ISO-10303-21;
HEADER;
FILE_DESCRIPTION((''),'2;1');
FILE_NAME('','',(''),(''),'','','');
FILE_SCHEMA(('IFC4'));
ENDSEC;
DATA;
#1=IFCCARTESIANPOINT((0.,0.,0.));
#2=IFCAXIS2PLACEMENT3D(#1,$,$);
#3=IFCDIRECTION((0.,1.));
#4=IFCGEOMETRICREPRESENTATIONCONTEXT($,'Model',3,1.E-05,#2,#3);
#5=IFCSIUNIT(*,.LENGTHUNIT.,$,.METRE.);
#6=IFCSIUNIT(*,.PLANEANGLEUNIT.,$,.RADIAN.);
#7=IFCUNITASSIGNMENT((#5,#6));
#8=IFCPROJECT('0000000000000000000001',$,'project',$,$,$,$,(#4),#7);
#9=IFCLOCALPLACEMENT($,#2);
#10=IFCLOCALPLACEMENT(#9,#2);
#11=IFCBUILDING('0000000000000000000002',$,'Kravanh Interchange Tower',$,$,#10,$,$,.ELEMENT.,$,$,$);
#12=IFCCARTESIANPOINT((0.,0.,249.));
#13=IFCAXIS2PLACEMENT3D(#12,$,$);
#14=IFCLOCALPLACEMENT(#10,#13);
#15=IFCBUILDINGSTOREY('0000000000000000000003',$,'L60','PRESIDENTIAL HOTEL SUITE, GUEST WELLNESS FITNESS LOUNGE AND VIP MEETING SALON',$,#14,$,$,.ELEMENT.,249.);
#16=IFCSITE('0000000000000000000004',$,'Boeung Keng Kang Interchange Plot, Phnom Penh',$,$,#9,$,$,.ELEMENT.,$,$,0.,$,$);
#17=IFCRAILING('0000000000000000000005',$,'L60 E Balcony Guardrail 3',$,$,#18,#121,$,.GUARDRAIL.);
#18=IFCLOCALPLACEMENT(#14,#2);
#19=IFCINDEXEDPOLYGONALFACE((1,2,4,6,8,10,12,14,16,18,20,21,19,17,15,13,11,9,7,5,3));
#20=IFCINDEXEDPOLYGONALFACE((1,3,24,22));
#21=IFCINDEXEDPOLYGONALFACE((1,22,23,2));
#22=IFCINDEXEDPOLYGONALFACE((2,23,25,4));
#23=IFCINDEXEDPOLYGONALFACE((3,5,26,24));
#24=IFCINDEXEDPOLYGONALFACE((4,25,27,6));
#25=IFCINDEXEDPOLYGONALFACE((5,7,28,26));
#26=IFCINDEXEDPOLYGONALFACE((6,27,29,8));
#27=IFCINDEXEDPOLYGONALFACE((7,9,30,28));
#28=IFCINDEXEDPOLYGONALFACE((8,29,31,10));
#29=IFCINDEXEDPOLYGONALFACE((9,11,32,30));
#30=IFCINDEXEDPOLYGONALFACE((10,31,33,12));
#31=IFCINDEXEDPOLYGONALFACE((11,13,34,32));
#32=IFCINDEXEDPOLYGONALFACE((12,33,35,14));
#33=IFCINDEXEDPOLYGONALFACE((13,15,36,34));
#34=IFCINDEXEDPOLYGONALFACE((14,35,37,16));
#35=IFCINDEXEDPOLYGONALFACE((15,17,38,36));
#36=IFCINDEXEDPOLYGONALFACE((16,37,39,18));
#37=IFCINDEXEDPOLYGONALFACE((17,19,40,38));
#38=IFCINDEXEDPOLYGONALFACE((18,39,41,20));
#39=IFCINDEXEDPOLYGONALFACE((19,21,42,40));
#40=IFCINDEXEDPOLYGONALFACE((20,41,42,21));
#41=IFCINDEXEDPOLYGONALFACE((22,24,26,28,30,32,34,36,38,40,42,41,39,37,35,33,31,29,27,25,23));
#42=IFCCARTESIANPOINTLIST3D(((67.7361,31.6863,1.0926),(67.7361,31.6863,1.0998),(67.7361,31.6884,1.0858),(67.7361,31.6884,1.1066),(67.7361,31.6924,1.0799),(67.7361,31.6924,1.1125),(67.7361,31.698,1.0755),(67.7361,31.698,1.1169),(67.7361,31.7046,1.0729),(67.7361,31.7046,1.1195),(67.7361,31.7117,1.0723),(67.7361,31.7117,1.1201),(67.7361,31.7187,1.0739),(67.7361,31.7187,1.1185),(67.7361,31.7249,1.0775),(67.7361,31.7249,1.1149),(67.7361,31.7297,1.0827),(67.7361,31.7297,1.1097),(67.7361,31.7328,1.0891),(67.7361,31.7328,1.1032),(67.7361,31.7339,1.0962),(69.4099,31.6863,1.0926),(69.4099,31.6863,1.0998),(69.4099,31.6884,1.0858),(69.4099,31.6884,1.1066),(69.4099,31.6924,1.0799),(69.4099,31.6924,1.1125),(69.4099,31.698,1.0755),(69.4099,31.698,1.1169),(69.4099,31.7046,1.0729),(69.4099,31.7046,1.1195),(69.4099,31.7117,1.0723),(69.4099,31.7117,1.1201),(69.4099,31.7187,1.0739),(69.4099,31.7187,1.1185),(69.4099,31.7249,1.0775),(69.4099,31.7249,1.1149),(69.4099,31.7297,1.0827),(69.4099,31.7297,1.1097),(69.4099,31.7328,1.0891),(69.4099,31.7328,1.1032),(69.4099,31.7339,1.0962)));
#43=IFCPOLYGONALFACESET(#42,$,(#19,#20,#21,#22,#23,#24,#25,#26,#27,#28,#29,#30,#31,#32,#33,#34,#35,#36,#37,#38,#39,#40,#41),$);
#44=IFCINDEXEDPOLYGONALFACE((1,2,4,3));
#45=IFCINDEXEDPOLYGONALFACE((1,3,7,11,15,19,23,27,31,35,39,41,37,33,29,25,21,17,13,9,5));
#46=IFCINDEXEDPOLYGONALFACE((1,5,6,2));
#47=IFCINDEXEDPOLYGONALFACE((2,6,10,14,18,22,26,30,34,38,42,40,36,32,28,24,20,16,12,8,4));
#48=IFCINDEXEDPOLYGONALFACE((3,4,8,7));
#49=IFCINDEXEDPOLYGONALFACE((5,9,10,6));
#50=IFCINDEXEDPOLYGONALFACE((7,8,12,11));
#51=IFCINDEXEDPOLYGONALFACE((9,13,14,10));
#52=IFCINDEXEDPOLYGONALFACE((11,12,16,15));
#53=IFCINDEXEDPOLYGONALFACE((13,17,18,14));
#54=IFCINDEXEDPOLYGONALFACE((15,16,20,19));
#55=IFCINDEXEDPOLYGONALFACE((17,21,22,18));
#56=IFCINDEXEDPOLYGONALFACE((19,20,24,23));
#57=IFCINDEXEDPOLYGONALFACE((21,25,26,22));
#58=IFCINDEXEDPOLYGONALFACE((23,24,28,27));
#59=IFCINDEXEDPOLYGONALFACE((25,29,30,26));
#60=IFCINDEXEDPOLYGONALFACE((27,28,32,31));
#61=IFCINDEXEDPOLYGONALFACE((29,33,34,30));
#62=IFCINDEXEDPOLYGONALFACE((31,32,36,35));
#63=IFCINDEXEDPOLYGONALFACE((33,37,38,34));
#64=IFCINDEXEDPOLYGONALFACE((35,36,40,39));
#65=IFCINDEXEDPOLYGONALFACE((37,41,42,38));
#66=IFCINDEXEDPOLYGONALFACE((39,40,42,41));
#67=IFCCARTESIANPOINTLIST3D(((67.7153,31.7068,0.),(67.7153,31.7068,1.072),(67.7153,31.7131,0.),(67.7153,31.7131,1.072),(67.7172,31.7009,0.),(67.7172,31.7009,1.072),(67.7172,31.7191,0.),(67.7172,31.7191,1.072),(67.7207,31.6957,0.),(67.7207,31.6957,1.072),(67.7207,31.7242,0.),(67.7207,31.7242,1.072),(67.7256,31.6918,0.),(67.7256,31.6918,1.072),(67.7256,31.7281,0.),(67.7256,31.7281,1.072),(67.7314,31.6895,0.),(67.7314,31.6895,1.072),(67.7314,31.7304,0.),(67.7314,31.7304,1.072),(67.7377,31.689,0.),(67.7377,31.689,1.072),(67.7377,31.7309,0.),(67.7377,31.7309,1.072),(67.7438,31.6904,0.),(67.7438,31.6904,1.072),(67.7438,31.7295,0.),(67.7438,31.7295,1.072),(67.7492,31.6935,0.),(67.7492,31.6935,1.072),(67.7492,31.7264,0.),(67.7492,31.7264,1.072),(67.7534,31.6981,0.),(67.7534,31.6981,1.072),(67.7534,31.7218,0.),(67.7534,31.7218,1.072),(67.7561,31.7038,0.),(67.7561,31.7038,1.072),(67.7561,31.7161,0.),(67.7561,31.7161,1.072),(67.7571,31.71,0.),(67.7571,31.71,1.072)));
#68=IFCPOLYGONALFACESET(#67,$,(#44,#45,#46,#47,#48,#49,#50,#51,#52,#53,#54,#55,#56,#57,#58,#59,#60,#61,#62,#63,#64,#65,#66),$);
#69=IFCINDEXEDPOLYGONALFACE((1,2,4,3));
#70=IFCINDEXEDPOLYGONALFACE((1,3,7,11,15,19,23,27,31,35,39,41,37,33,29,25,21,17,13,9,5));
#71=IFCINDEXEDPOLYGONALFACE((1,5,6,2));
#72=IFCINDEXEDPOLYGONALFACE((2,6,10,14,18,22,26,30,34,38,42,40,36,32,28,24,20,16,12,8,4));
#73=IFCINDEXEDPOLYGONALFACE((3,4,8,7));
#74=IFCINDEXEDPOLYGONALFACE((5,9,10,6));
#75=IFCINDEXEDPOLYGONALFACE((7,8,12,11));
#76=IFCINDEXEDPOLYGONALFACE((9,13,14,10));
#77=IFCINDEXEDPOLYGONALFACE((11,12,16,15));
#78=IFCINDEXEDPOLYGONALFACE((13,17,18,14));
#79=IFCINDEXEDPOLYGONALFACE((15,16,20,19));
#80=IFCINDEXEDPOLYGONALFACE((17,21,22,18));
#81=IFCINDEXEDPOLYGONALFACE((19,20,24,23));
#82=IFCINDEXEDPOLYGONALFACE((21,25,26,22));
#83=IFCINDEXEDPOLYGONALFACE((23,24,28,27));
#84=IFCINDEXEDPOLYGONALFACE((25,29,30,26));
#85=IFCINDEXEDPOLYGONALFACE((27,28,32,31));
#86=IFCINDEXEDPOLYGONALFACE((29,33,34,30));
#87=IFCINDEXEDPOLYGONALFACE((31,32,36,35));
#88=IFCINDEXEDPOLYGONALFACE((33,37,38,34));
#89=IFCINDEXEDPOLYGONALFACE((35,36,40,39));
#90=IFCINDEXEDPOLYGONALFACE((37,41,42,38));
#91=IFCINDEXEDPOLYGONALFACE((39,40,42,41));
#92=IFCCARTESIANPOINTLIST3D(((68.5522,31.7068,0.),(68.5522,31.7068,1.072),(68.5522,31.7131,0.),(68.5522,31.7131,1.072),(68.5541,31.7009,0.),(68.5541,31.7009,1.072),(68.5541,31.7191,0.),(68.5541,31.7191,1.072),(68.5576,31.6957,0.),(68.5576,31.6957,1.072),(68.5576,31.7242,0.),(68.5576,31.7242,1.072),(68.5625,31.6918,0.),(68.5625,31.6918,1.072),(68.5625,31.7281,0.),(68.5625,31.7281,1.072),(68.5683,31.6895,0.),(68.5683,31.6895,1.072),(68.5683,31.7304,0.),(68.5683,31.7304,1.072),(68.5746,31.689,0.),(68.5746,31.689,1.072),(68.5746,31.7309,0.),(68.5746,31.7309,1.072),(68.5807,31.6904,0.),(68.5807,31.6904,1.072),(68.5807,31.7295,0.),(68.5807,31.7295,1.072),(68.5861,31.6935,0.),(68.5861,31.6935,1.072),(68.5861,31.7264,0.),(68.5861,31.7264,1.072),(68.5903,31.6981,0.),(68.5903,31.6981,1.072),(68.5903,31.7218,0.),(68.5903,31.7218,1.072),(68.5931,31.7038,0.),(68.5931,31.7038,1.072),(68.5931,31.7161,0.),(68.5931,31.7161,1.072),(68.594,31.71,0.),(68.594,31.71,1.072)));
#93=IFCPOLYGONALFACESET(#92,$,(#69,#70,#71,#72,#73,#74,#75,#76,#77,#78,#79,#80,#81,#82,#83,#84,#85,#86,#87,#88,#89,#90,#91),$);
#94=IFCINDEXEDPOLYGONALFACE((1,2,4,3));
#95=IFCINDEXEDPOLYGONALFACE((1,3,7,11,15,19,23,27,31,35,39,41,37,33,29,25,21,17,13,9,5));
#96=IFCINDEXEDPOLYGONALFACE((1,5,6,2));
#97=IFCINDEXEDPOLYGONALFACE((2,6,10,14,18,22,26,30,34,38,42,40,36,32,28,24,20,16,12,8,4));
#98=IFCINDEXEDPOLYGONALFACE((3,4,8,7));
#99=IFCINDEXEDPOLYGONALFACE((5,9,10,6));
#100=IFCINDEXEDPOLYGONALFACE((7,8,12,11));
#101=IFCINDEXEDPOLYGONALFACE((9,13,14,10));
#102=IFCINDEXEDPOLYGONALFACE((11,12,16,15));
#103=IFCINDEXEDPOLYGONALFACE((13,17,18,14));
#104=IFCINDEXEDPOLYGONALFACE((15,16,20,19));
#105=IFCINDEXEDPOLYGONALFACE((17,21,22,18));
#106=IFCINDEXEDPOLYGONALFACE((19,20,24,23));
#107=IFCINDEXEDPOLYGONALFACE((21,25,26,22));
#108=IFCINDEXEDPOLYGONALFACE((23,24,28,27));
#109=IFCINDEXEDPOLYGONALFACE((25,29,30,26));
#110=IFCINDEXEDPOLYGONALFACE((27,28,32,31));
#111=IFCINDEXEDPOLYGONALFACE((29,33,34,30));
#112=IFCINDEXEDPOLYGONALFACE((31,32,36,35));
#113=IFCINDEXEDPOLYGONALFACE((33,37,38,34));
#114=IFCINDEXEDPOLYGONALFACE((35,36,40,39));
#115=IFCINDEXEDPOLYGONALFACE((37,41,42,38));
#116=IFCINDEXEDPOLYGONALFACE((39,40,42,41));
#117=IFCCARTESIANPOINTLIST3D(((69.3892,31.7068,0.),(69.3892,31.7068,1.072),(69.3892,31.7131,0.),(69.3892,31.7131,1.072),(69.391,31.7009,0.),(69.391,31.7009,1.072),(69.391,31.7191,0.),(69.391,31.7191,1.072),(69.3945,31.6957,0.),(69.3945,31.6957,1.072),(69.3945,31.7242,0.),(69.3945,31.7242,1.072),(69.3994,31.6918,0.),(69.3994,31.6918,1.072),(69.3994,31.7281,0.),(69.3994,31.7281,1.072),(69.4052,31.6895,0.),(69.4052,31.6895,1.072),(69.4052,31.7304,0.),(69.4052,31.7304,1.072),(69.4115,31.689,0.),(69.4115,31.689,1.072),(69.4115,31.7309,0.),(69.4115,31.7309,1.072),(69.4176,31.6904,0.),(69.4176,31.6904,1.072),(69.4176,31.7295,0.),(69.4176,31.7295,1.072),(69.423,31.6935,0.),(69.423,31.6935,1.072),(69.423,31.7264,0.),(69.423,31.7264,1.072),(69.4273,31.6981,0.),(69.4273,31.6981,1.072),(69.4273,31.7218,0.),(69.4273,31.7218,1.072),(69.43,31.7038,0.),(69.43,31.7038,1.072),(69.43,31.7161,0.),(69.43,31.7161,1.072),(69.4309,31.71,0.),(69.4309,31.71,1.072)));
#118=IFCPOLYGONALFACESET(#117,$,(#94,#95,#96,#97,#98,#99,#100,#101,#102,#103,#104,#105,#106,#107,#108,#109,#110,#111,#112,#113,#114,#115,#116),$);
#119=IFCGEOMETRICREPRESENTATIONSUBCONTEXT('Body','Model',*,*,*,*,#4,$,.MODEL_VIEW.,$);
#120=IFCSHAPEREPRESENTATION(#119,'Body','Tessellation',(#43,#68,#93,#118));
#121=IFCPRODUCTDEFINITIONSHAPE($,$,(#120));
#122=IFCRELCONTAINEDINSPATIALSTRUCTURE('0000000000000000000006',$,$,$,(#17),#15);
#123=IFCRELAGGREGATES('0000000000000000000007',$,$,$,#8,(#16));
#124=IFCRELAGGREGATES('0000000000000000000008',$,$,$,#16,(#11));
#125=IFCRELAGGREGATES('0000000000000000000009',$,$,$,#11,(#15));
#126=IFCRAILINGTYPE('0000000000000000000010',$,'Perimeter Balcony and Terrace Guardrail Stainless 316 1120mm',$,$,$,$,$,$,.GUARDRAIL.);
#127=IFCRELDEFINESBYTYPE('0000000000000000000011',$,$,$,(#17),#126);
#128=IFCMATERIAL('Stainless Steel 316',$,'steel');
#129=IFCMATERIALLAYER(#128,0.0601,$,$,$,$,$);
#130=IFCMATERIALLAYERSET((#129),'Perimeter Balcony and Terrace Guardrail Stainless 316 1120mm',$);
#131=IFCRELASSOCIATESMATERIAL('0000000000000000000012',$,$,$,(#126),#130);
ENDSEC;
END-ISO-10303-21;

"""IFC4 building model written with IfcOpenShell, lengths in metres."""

from ifc_helpers import new_model, si_unit, direction, frame, origin, origin_2d, place, context, subcontext, project, spatial, circle, extrude, material, layer, layer_set, type_object, element, save


model = new_model("IFC4")

# Units and contexts
model_context = context("Model", 3, precision=1e-05, world=origin(), true_north=direction((0.0, 1.0)))
body_context = subcontext(model_context, "Body", "Model", "MODEL_VIEW")
ifc_project = project(units=[si_unit("LENGTHUNIT", "METRE"), si_unit("PLANEANGLEUNIT", "RADIAN")], contexts=[model_context])

# Site, building, storey
site_placement = place(None, origin())
site = spatial("IfcSite", under=ifc_project, at=site_placement, Name="Boeung Keng Kang Interchange Plot, Phnom Penh", CompositionType="ELEMENT", RefElevation=0.0)
building_placement = place(site_placement, origin())
building = spatial("IfcBuilding", under=site, at=building_placement, Name="Kravanh Interchange Tower", CompositionType="ELEMENT")
storey_placement = place(building_placement, frame((0.0, 0.0, 249.0)))
storey = spatial("IfcBuildingStorey", under=building, at=storey_placement, Name="L60", Description="PRESIDENTIAL HOTEL SUITE, GUEST WELLNESS FITNESS LOUNGE AND VIP MEETING SALON", CompositionType="ELEMENT", Elevation=249.0)

# Railing
ifc_material_1 = material(Name="Stainless Steel 316", Category="steel")
ifc_layer_1 = layer(ifc_material_1, 0.0601)
ifc_layer_set_1 = layer_set([ifc_layer_1], Name="Perimeter Balcony and Terrace Guardrail Stainless 316 1120mm")
railing_type_1 = type_object("IfcRailingType", Name="Perimeter Balcony and Terrace Guardrail Stainless 316 1120mm", PredefinedType="GUARDRAIL", material=ifc_layer_set_1)
railing_1_placement = place(storey_placement, frame((67.7361, 31.71, 0.0)))
element("IfcRailing", 1, at=railing_1_placement, inside=storey, type_object=railing_type_1, Name="L60 E Balcony Guardrail 3", PredefinedType="GUARDRAIL", context=body_context, shape_type="SweptSolid", body=[
    extrude(circle(Radius=0.0239, at=origin_2d()), frame((0.0, 0.0, 1.0962), z_axis=(1.0, 0.0, 0.0), x_axis=(0.0, 1.0, 0.0)), (0.0, 0.0, 1.0), 1.6738),
    extrude(circle(Radius=0.021, at=origin_2d()), origin(), (0.0, 0.0, 1.0), 1.072),
    extrude(circle(Radius=0.021, at=origin_2d()), frame((0.8369, 0.0, 0.0)), (0.0, 0.0, 1.0), 1.072),
    extrude(circle(Radius=0.021, at=origin_2d()), frame((1.6738, 0.0, 0.0)), (0.0, 0.0, 1.0), 1.072),
])

save(model, "model.ifc")
